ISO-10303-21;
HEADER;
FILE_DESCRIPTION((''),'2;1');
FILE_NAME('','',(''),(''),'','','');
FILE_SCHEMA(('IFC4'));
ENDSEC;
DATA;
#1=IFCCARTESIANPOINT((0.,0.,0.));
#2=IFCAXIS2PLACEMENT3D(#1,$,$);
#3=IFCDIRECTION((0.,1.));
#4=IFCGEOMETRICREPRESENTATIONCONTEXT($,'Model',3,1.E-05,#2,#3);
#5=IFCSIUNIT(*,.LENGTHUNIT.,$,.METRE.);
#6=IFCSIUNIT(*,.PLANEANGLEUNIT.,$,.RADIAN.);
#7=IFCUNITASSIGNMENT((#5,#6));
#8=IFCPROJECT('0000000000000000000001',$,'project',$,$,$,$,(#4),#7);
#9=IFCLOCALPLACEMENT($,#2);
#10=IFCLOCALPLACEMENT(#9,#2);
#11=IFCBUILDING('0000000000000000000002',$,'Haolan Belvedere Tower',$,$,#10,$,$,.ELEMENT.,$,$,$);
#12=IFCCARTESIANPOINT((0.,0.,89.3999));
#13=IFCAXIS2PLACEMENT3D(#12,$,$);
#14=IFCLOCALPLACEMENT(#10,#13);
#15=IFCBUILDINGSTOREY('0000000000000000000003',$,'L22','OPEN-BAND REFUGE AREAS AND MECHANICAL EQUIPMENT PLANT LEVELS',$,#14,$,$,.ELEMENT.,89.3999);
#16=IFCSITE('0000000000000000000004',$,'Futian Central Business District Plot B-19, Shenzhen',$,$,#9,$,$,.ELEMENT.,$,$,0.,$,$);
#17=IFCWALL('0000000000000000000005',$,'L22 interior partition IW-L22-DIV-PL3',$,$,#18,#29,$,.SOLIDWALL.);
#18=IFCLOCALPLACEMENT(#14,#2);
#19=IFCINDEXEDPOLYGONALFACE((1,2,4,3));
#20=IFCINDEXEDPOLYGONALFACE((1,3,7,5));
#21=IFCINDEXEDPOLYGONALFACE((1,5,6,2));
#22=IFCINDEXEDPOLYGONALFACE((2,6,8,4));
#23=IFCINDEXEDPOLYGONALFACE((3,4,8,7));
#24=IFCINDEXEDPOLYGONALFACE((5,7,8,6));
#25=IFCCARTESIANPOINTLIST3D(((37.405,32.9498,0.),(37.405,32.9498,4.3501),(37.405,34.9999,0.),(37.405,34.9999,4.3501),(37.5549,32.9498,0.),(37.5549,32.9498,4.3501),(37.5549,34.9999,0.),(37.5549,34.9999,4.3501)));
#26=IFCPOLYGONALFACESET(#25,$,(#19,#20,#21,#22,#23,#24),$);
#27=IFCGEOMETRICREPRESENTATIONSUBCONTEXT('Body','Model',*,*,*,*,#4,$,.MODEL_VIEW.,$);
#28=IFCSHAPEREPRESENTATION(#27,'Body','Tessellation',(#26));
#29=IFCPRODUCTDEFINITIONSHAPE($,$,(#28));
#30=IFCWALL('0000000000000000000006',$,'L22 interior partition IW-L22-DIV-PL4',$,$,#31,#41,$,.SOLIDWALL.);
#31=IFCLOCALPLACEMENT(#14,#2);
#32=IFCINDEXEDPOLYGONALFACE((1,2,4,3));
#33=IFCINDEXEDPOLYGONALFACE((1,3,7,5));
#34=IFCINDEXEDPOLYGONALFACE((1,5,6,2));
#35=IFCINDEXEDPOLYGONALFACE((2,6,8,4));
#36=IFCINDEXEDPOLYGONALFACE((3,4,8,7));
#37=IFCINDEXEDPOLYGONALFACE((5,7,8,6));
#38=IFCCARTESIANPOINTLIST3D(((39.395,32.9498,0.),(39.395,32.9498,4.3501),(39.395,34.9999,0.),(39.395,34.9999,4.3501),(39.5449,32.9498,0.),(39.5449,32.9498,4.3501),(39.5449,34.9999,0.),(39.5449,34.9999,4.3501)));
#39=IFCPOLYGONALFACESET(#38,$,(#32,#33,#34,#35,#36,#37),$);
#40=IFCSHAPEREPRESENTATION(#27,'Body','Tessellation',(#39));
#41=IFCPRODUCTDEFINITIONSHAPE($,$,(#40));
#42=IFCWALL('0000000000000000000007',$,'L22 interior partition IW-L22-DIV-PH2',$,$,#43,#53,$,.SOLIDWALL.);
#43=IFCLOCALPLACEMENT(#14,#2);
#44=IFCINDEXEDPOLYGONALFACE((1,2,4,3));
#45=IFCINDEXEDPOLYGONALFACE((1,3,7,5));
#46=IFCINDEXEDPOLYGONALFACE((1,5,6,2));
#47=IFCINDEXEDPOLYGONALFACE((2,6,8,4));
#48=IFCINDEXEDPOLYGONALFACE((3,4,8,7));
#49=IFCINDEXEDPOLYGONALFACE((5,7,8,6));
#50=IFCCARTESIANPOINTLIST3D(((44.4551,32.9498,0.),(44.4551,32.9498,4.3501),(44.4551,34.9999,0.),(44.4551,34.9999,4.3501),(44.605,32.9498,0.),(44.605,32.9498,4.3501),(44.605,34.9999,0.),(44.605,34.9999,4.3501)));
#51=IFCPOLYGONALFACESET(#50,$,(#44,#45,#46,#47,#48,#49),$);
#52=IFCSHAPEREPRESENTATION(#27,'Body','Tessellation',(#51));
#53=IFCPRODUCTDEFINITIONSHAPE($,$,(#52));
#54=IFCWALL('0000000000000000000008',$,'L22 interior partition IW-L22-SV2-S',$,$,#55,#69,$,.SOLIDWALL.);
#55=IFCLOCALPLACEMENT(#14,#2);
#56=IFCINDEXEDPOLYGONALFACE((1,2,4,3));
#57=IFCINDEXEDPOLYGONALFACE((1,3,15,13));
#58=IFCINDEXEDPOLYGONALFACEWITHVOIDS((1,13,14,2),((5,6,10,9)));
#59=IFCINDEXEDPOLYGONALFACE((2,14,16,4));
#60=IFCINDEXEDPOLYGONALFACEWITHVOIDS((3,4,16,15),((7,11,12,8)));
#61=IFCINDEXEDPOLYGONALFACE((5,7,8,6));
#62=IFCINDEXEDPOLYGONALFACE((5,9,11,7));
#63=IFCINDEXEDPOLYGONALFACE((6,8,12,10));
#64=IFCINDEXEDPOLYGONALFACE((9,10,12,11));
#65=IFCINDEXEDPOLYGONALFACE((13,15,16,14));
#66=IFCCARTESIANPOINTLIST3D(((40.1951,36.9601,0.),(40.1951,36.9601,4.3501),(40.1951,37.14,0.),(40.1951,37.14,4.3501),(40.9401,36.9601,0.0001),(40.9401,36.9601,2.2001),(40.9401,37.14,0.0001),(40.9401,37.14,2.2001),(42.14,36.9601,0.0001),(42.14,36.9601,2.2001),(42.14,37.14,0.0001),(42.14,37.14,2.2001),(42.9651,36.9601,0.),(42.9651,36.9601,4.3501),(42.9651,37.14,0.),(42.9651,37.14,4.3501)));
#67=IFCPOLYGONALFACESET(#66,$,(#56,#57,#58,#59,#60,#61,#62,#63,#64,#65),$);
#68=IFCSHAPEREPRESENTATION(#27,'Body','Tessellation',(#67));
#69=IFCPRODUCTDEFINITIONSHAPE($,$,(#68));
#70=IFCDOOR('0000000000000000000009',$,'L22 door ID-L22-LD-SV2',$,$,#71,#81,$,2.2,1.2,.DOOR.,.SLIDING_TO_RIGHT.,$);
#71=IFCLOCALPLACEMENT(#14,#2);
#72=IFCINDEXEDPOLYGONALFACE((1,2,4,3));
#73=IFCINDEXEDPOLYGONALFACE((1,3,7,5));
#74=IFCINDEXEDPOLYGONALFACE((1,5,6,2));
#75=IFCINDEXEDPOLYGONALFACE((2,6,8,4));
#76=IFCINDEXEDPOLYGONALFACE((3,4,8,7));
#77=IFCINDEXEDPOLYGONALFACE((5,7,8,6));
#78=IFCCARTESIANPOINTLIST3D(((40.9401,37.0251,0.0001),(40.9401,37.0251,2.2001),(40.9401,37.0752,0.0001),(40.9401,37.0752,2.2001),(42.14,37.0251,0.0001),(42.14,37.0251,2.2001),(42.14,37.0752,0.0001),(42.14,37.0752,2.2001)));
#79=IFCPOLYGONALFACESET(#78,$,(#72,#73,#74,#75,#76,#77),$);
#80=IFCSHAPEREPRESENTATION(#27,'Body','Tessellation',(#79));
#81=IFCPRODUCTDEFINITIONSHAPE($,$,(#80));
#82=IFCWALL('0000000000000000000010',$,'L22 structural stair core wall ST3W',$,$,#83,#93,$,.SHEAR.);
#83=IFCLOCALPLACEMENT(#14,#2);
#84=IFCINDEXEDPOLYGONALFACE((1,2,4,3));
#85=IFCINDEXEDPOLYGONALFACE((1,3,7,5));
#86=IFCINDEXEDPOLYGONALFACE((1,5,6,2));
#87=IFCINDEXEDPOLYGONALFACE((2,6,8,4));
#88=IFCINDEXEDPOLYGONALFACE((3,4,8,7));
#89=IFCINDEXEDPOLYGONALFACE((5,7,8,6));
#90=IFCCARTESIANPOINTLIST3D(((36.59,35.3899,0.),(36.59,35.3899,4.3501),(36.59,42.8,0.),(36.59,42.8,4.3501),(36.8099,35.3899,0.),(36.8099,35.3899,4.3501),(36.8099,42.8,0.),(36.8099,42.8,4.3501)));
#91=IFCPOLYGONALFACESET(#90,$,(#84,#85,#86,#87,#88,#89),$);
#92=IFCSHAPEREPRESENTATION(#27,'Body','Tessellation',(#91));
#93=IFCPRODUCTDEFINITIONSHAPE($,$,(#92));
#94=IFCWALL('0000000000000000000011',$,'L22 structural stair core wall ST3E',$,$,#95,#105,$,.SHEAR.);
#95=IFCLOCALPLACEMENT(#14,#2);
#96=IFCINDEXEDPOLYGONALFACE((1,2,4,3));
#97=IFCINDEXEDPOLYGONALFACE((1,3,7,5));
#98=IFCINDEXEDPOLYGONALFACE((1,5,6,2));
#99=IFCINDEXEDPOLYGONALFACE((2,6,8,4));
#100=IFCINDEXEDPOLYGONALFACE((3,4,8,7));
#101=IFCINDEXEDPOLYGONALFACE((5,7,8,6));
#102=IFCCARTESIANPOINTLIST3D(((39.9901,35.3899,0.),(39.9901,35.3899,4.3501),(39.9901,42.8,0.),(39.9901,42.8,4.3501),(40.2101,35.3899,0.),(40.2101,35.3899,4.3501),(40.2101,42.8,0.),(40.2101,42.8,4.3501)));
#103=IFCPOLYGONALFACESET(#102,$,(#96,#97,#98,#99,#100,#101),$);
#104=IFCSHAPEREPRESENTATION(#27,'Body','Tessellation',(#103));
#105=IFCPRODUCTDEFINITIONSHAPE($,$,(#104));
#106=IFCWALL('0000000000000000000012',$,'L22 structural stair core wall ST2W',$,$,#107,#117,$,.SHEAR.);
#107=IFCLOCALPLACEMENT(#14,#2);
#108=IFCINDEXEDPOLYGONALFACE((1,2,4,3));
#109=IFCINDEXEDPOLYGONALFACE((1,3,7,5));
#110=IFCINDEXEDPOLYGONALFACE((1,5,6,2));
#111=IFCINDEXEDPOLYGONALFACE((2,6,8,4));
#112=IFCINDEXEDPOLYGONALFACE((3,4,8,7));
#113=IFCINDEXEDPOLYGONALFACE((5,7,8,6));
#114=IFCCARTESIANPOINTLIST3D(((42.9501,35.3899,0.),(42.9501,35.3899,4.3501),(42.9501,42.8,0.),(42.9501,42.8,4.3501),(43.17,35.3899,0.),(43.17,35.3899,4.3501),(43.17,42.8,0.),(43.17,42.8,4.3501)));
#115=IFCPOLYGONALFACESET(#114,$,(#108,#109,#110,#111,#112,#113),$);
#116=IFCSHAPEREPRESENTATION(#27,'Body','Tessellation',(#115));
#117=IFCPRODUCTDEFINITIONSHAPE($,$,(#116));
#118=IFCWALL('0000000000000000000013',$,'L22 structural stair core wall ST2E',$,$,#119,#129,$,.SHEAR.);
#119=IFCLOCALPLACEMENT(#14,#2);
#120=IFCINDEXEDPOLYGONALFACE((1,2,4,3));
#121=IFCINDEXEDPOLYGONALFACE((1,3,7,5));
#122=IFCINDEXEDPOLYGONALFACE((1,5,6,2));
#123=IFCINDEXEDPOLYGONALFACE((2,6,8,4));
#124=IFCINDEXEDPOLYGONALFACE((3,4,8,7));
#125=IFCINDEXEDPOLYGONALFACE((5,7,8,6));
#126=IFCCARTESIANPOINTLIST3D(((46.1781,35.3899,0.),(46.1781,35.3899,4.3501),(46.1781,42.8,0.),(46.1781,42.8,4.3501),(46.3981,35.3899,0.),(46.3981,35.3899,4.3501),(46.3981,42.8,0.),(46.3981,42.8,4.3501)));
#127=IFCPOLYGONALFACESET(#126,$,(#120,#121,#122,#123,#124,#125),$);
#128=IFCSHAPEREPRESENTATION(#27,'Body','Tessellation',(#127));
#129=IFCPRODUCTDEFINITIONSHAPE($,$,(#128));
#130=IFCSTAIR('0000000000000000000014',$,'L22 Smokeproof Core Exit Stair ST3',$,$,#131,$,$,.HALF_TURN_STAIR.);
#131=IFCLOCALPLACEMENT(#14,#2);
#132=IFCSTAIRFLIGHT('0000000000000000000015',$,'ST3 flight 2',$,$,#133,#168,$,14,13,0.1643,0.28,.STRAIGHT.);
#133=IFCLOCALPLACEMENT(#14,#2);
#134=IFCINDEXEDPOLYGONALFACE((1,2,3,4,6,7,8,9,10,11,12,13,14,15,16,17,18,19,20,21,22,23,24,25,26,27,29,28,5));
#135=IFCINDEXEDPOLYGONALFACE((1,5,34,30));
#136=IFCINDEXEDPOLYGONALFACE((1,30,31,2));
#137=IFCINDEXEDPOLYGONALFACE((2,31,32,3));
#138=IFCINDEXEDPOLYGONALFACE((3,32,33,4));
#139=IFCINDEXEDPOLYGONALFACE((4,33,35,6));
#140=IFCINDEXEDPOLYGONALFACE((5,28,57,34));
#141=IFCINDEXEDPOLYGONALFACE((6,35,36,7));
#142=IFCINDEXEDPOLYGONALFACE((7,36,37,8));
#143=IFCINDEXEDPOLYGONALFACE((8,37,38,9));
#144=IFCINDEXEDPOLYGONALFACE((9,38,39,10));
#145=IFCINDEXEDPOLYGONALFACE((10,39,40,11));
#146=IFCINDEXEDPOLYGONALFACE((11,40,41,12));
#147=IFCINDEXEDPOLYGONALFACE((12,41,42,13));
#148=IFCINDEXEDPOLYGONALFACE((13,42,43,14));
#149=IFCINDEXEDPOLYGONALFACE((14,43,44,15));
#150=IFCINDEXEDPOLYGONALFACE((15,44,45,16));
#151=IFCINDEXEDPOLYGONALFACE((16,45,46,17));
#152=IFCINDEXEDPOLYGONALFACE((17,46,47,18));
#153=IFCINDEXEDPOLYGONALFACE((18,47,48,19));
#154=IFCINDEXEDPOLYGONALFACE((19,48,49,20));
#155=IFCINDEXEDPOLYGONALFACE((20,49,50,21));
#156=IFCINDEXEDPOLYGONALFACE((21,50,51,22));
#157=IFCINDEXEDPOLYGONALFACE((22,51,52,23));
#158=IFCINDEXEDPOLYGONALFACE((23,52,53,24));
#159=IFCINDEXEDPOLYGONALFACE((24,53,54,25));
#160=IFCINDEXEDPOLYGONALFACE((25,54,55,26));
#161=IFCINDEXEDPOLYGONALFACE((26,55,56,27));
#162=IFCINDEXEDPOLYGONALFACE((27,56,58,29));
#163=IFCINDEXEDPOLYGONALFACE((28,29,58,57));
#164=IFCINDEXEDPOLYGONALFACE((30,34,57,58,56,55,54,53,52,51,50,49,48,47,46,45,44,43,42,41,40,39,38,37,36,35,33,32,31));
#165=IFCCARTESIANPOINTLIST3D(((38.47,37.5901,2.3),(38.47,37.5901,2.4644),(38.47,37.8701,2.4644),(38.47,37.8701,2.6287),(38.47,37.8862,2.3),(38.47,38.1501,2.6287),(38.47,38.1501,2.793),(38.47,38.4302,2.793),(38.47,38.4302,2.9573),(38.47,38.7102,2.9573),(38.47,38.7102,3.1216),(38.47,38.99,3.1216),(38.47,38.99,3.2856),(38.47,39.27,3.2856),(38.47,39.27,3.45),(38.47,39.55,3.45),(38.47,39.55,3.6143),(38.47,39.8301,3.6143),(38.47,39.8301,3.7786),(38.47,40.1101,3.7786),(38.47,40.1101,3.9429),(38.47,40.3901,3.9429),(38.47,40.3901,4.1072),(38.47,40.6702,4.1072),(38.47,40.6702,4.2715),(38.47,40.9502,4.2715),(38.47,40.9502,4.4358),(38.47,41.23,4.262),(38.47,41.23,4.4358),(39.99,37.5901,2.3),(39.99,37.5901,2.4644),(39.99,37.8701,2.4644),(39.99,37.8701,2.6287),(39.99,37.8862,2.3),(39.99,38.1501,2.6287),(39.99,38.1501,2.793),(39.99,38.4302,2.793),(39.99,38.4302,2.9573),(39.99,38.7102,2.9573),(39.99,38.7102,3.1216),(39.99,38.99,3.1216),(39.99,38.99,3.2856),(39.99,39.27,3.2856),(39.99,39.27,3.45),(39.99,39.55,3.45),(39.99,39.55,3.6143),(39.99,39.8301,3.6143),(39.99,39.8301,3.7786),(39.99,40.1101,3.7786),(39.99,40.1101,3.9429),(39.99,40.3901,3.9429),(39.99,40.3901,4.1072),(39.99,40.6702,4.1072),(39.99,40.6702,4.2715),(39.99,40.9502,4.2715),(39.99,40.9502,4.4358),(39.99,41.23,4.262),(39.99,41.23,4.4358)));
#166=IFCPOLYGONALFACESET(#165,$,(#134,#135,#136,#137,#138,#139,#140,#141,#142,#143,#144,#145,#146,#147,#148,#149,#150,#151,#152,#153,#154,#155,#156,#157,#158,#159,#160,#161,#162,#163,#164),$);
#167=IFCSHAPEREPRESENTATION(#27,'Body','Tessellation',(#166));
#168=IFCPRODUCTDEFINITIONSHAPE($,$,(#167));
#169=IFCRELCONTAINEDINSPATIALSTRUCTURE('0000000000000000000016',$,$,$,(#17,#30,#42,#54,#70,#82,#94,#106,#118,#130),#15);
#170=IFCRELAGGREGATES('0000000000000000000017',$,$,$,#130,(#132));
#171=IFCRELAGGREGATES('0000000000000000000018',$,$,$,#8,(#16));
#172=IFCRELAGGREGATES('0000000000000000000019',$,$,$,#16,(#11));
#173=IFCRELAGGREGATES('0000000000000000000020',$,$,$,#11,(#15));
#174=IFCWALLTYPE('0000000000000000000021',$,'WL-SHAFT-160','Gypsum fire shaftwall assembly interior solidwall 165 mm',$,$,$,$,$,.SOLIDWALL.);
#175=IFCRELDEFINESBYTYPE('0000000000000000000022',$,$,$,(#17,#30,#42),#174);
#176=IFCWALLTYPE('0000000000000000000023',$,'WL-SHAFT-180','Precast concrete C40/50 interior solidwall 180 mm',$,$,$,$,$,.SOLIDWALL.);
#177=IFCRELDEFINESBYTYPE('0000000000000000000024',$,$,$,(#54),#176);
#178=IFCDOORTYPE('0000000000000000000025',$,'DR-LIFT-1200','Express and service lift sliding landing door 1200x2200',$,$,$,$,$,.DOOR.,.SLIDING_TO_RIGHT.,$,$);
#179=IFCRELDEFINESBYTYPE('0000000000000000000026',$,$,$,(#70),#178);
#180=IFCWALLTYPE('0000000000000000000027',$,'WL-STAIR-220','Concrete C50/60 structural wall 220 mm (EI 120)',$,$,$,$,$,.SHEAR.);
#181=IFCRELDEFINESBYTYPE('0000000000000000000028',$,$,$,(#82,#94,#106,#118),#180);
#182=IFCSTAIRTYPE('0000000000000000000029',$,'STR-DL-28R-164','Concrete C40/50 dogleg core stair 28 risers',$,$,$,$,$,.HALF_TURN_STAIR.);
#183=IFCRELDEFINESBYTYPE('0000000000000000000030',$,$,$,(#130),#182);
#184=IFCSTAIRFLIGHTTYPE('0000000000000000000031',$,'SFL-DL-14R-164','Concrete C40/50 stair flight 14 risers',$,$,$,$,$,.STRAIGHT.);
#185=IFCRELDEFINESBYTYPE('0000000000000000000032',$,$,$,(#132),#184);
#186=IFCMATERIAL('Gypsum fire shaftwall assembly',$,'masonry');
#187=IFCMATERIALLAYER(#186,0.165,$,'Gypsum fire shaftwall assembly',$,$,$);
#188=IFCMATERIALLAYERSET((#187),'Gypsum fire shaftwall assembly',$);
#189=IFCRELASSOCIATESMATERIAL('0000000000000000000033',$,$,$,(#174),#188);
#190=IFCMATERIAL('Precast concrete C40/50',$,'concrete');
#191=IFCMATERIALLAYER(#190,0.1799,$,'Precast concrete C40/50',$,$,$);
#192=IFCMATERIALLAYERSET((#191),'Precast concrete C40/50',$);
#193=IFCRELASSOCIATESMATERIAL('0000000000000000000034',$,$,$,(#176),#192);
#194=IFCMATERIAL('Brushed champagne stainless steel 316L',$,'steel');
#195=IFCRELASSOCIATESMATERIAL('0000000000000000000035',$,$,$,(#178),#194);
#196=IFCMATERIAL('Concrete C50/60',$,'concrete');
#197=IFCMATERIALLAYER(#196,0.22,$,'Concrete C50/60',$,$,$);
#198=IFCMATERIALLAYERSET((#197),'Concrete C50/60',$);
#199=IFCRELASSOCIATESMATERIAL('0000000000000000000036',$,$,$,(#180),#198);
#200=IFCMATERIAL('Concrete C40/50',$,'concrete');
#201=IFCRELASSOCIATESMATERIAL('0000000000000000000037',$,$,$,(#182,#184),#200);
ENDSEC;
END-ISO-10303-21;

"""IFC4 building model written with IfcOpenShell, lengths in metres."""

from ifc_helpers import new_model, si_unit, direction, frame, frame_2d, origin, place, context, subcontext, project, spatial, polyline, rectangle, outline, extrude, material, layer, layer_set, type_object, element, fill, aggregate, save


model = new_model("IFC4")

# Units and contexts
model_context = context("Model", 3, precision=1e-05, world=origin(), true_north=direction((0.0, 1.0)))
body_context = subcontext(model_context, "Body", "Model", "MODEL_VIEW")
ifc_project = project(units=[si_unit("LENGTHUNIT", "METRE"), si_unit("PLANEANGLEUNIT", "RADIAN")], contexts=[model_context])

# Site, building, storey
site_placement = place(None, origin())
site = spatial("IfcSite", under=ifc_project, at=site_placement, Name="Futian Central Business District Plot B-19, Shenzhen", CompositionType="ELEMENT", RefElevation=0.0)
building_placement = place(site_placement, origin())
building = spatial("IfcBuilding", under=site, at=building_placement, Name="Haolan Belvedere Tower", CompositionType="ELEMENT")
storey_placement = place(building_placement, frame((0.0, 0.0, 89.3999)))
storey = spatial("IfcBuildingStorey", under=building, at=storey_placement, Name="L22", Description="OPEN-BAND REFUGE AREAS AND MECHANICAL EQUIPMENT PLANT LEVELS", CompositionType="ELEMENT", Elevation=89.3999)

# Shared definitions
ifc_material_1 = material(Name="Concrete C40/50", Category="concrete")

# Walls
ifc_material_2 = material(Name="Gypsum fire shaftwall assembly", Category="masonry")
ifc_layer_1 = layer(ifc_material_2, 0.165, Name="Gypsum fire shaftwall assembly")
ifc_layer_set_1 = layer_set([ifc_layer_1], Name="Gypsum fire shaftwall assembly")
wall_type_1 = type_object("IfcWallType", Name="WL-SHAFT-160", Description="Gypsum fire shaftwall assembly interior solidwall 165 mm", PredefinedType="SOLIDWALL", material=ifc_layer_set_1)
for number, where, z_axis, x_axis, name in (
    (1, (37.48, 32.95, 0.0), (0.0, 0.0, 1.0), (0.0, 1.0, 0.0), "L22 interior partition IW-L22-DIV-PL3"),
    (2, (39.47, 32.95, 0.0), (0.0, 0.0, 1.0), (0.0, 1.0, 0.0), "L22 interior partition IW-L22-DIV-PL4"),
    (3, (44.53, 32.95, 0.0), (0.0, 0.0, 1.0), (0.0, 1.0, 0.0), "L22 interior partition IW-L22-DIV-PH2"),
):
    element("IfcWall", number, at=place(storey_placement, frame(where, z_axis=z_axis, x_axis=x_axis)), inside=storey, type_object=wall_type_1, Name=name, PredefinedType="SOLIDWALL", context=body_context, shape_type="SweptSolid", body=[
        extrude(rectangle(XDim=2.05, YDim=0.1499, at=frame_2d((1.0249, 0.0))), origin(), (0.0, 0.0, 1.0), 4.3501),
    ])

# Wall, opening, door
ifc_material_3 = material(Name="Precast concrete C40/50", Category="concrete")
ifc_layer_2 = layer(ifc_material_3, 0.1799, Name="Precast concrete C40/50")
ifc_layer_set_2 = layer_set([ifc_layer_2], Name="Precast concrete C40/50")
wall_type_2 = type_object("IfcWallType", Name="WL-SHAFT-180", Description="Precast concrete C40/50 interior solidwall 180 mm", PredefinedType="SOLIDWALL", material=ifc_layer_set_2)
wall_1_placement = place(storey_placement, frame((40.1951, 37.05, 0.0), z_axis=(0.0, 0.0, 1.0), x_axis=(1.0, 0.0, 0.0)))
wall_1 = element("IfcWall", 4, at=wall_1_placement, inside=storey, type_object=wall_type_2, Name="L22 interior partition IW-L22-SV2-S", PredefinedType="SOLIDWALL", context=body_context, shape_type="SweptSolid", body=[
    extrude(rectangle(XDim=2.77, YDim=0.1799, at=frame_2d((1.385, 0.0))), origin(), (0.0, 0.0, 1.0), 4.3501),
])
opening_1_placement = place(wall_1_placement, frame((1.9451, 0.0, 0.0), z_axis=(0.0, 0.0, 1.0), x_axis=(-1.0, 0.0, 0.0)))
opening_1 = element("IfcOpeningElement", 5, at=opening_1_placement, cuts=wall_1, PredefinedType="OPENING", context=body_context, shape_type="SweptSolid", body=[
    extrude(rectangle(XDim=1.2, YDim=2.2, at=frame_2d((0.6001, 1.1001))), frame((0.0, 0.0999, 0.0), z_axis=(0.0, -1.0, 0.0), x_axis=(1.0, 0.0, 0.0)), (0.0, 0.0, 1.0), 0.2),
])
ifc_material_4 = material(Name="Brushed champagne stainless steel 316L", Category="steel")
door_type_1 = type_object("IfcDoorType", Name="DR-LIFT-1200", Description="Express and service lift sliding landing door 1200x2200", OperationType="SLIDING_TO_RIGHT", PredefinedType="DOOR", material=ifc_material_4)
door_1_placement = place(opening_1_placement, origin())
door_1 = element("IfcDoor", 6, at=door_1_placement, inside=storey, type_object=door_type_1, Name="L22 door ID-L22-LD-SV2", OperationType="SLIDING_TO_RIGHT", OverallHeight=2.2, OverallWidth=1.2, PredefinedType="DOOR", context=body_context, shape_type="SweptSolid", body=[
    extrude(rectangle(XDim=1.2, YDim=2.2, at=frame_2d((0.6001, 1.1001))), frame((0.0, 0.0249, 0.0), z_axis=(0.0, -1.0, 0.0), x_axis=(1.0, 0.0, 0.0)), (0.0, 0.0, 1.0), 0.05),
])
fill(opening_1, door_1)

# Walls
ifc_material_5 = material(Name="Concrete C50/60", Category="concrete")
ifc_layer_3 = layer(ifc_material_5, 0.22, Name="Concrete C50/60")
ifc_layer_set_3 = layer_set([ifc_layer_3], Name="Concrete C50/60")
wall_type_3 = type_object("IfcWallType", Name="WL-STAIR-220", Description="Concrete C50/60 structural wall 220 mm (EI 120)", PredefinedType="SHEAR", material=ifc_layer_set_3)
for number, where, z_axis, x_axis, name in (
    (7, (36.7, 35.3899, 0.0), (0.0, 0.0, 1.0), (0.0, 1.0, 0.0), "L22 structural stair core wall ST3W"),
    (8, (40.1001, 35.3899, 0.0), (0.0, 0.0, 1.0), (0.0, 1.0, 0.0), "L22 structural stair core wall ST3E"),
    (9, (43.0601, 35.3899, 0.0), (0.0, 0.0, 1.0), (0.0, 1.0, 0.0), "L22 structural stair core wall ST2W"),
    (10, (46.2881, 35.3899, 0.0), (0.0, 0.0, 1.0), (0.0, 1.0, 0.0), "L22 structural stair core wall ST2E"),
):
    element("IfcWall", number, at=place(storey_placement, frame(where, z_axis=z_axis, x_axis=x_axis)), inside=storey, type_object=wall_type_3, Name=name, PredefinedType="SHEAR", context=body_context, shape_type="SweptSolid", body=[
        extrude(rectangle(XDim=7.4102, YDim=0.22, at=frame_2d((3.7051, 0.0))), origin(), (0.0, 0.0, 1.0), 4.3501),
    ])

# Stair, stair flight
stair_type = type_object("IfcStairType", Name="STR-DL-28R-164", Description="Concrete C40/50 dogleg core stair 28 risers", PredefinedType="HALF_TURN_STAIR", material=ifc_material_1)
stair_1_placement = place(storey_placement, origin())
stair_1 = element("IfcStair", 11, at=stair_1_placement, inside=storey, type_object=stair_type, Name="L22 Smokeproof Core Exit Stair ST3", PredefinedType="HALF_TURN_STAIR")
stair_flight_type = type_object("IfcStairFlightType", Name="SFL-DL-14R-164", Description="Concrete C40/50 stair flight 14 risers", PredefinedType="STRAIGHT", material=ifc_material_1)
stair_flight_1_placement = place(storey_placement, frame((39.23, 37.5901, 2.3), z_axis=(0.0, 0.0, 1.0), x_axis=(0.0, 1.0, 0.0)))
stair_flight_1 = element("IfcStairFlight", 12, at=stair_flight_1_placement, type_object=stair_flight_type, Name="ST3 flight 2", NumberOfRisers=14, NumberOfTreads=13, PredefinedType="STRAIGHT", RiserHeight=0.1643, TreadLength=0.28, context=body_context, shape_type="SweptSolid", body=[
    extrude(outline(polyline([(0.0, 0.0), (0.0, 0.1643), (0.28, 0.1643), (0.28, 0.3286), (0.5601, 0.3286), (0.5601, 0.4929), (0.8401, 0.4929), (0.8401, 0.6572), (1.1201, 0.6572), (1.1201, 0.8215), (1.3999, 0.8215), (1.3999, 0.9856), (1.6799, 0.9856), (1.6799, 1.1499), (1.96, 1.1499), (1.96, 1.3142), (2.24, 1.3142), (2.24, 1.4785), (2.52, 1.4785), (2.52, 1.6428), (2.8, 1.6428), (2.8, 1.8071), (3.0801, 1.8071), (3.0801, 1.9714), (3.3601, 1.9714), (3.3601, 2.1357), (3.6399, 2.1357), (3.6399, 2.3), (3.6399, 1.9619), (0.2961, 0.0), (0.0, 0.0)])), frame((0.0, 0.76, 0.0), z_axis=(0.0, -1.0, 0.0), x_axis=(1.0, 0.0, 0.0)), (0.0, 0.0, 1.0), 1.52),
])
aggregate(stair_1, [stair_flight_1])

save(model, "model.ifc")
